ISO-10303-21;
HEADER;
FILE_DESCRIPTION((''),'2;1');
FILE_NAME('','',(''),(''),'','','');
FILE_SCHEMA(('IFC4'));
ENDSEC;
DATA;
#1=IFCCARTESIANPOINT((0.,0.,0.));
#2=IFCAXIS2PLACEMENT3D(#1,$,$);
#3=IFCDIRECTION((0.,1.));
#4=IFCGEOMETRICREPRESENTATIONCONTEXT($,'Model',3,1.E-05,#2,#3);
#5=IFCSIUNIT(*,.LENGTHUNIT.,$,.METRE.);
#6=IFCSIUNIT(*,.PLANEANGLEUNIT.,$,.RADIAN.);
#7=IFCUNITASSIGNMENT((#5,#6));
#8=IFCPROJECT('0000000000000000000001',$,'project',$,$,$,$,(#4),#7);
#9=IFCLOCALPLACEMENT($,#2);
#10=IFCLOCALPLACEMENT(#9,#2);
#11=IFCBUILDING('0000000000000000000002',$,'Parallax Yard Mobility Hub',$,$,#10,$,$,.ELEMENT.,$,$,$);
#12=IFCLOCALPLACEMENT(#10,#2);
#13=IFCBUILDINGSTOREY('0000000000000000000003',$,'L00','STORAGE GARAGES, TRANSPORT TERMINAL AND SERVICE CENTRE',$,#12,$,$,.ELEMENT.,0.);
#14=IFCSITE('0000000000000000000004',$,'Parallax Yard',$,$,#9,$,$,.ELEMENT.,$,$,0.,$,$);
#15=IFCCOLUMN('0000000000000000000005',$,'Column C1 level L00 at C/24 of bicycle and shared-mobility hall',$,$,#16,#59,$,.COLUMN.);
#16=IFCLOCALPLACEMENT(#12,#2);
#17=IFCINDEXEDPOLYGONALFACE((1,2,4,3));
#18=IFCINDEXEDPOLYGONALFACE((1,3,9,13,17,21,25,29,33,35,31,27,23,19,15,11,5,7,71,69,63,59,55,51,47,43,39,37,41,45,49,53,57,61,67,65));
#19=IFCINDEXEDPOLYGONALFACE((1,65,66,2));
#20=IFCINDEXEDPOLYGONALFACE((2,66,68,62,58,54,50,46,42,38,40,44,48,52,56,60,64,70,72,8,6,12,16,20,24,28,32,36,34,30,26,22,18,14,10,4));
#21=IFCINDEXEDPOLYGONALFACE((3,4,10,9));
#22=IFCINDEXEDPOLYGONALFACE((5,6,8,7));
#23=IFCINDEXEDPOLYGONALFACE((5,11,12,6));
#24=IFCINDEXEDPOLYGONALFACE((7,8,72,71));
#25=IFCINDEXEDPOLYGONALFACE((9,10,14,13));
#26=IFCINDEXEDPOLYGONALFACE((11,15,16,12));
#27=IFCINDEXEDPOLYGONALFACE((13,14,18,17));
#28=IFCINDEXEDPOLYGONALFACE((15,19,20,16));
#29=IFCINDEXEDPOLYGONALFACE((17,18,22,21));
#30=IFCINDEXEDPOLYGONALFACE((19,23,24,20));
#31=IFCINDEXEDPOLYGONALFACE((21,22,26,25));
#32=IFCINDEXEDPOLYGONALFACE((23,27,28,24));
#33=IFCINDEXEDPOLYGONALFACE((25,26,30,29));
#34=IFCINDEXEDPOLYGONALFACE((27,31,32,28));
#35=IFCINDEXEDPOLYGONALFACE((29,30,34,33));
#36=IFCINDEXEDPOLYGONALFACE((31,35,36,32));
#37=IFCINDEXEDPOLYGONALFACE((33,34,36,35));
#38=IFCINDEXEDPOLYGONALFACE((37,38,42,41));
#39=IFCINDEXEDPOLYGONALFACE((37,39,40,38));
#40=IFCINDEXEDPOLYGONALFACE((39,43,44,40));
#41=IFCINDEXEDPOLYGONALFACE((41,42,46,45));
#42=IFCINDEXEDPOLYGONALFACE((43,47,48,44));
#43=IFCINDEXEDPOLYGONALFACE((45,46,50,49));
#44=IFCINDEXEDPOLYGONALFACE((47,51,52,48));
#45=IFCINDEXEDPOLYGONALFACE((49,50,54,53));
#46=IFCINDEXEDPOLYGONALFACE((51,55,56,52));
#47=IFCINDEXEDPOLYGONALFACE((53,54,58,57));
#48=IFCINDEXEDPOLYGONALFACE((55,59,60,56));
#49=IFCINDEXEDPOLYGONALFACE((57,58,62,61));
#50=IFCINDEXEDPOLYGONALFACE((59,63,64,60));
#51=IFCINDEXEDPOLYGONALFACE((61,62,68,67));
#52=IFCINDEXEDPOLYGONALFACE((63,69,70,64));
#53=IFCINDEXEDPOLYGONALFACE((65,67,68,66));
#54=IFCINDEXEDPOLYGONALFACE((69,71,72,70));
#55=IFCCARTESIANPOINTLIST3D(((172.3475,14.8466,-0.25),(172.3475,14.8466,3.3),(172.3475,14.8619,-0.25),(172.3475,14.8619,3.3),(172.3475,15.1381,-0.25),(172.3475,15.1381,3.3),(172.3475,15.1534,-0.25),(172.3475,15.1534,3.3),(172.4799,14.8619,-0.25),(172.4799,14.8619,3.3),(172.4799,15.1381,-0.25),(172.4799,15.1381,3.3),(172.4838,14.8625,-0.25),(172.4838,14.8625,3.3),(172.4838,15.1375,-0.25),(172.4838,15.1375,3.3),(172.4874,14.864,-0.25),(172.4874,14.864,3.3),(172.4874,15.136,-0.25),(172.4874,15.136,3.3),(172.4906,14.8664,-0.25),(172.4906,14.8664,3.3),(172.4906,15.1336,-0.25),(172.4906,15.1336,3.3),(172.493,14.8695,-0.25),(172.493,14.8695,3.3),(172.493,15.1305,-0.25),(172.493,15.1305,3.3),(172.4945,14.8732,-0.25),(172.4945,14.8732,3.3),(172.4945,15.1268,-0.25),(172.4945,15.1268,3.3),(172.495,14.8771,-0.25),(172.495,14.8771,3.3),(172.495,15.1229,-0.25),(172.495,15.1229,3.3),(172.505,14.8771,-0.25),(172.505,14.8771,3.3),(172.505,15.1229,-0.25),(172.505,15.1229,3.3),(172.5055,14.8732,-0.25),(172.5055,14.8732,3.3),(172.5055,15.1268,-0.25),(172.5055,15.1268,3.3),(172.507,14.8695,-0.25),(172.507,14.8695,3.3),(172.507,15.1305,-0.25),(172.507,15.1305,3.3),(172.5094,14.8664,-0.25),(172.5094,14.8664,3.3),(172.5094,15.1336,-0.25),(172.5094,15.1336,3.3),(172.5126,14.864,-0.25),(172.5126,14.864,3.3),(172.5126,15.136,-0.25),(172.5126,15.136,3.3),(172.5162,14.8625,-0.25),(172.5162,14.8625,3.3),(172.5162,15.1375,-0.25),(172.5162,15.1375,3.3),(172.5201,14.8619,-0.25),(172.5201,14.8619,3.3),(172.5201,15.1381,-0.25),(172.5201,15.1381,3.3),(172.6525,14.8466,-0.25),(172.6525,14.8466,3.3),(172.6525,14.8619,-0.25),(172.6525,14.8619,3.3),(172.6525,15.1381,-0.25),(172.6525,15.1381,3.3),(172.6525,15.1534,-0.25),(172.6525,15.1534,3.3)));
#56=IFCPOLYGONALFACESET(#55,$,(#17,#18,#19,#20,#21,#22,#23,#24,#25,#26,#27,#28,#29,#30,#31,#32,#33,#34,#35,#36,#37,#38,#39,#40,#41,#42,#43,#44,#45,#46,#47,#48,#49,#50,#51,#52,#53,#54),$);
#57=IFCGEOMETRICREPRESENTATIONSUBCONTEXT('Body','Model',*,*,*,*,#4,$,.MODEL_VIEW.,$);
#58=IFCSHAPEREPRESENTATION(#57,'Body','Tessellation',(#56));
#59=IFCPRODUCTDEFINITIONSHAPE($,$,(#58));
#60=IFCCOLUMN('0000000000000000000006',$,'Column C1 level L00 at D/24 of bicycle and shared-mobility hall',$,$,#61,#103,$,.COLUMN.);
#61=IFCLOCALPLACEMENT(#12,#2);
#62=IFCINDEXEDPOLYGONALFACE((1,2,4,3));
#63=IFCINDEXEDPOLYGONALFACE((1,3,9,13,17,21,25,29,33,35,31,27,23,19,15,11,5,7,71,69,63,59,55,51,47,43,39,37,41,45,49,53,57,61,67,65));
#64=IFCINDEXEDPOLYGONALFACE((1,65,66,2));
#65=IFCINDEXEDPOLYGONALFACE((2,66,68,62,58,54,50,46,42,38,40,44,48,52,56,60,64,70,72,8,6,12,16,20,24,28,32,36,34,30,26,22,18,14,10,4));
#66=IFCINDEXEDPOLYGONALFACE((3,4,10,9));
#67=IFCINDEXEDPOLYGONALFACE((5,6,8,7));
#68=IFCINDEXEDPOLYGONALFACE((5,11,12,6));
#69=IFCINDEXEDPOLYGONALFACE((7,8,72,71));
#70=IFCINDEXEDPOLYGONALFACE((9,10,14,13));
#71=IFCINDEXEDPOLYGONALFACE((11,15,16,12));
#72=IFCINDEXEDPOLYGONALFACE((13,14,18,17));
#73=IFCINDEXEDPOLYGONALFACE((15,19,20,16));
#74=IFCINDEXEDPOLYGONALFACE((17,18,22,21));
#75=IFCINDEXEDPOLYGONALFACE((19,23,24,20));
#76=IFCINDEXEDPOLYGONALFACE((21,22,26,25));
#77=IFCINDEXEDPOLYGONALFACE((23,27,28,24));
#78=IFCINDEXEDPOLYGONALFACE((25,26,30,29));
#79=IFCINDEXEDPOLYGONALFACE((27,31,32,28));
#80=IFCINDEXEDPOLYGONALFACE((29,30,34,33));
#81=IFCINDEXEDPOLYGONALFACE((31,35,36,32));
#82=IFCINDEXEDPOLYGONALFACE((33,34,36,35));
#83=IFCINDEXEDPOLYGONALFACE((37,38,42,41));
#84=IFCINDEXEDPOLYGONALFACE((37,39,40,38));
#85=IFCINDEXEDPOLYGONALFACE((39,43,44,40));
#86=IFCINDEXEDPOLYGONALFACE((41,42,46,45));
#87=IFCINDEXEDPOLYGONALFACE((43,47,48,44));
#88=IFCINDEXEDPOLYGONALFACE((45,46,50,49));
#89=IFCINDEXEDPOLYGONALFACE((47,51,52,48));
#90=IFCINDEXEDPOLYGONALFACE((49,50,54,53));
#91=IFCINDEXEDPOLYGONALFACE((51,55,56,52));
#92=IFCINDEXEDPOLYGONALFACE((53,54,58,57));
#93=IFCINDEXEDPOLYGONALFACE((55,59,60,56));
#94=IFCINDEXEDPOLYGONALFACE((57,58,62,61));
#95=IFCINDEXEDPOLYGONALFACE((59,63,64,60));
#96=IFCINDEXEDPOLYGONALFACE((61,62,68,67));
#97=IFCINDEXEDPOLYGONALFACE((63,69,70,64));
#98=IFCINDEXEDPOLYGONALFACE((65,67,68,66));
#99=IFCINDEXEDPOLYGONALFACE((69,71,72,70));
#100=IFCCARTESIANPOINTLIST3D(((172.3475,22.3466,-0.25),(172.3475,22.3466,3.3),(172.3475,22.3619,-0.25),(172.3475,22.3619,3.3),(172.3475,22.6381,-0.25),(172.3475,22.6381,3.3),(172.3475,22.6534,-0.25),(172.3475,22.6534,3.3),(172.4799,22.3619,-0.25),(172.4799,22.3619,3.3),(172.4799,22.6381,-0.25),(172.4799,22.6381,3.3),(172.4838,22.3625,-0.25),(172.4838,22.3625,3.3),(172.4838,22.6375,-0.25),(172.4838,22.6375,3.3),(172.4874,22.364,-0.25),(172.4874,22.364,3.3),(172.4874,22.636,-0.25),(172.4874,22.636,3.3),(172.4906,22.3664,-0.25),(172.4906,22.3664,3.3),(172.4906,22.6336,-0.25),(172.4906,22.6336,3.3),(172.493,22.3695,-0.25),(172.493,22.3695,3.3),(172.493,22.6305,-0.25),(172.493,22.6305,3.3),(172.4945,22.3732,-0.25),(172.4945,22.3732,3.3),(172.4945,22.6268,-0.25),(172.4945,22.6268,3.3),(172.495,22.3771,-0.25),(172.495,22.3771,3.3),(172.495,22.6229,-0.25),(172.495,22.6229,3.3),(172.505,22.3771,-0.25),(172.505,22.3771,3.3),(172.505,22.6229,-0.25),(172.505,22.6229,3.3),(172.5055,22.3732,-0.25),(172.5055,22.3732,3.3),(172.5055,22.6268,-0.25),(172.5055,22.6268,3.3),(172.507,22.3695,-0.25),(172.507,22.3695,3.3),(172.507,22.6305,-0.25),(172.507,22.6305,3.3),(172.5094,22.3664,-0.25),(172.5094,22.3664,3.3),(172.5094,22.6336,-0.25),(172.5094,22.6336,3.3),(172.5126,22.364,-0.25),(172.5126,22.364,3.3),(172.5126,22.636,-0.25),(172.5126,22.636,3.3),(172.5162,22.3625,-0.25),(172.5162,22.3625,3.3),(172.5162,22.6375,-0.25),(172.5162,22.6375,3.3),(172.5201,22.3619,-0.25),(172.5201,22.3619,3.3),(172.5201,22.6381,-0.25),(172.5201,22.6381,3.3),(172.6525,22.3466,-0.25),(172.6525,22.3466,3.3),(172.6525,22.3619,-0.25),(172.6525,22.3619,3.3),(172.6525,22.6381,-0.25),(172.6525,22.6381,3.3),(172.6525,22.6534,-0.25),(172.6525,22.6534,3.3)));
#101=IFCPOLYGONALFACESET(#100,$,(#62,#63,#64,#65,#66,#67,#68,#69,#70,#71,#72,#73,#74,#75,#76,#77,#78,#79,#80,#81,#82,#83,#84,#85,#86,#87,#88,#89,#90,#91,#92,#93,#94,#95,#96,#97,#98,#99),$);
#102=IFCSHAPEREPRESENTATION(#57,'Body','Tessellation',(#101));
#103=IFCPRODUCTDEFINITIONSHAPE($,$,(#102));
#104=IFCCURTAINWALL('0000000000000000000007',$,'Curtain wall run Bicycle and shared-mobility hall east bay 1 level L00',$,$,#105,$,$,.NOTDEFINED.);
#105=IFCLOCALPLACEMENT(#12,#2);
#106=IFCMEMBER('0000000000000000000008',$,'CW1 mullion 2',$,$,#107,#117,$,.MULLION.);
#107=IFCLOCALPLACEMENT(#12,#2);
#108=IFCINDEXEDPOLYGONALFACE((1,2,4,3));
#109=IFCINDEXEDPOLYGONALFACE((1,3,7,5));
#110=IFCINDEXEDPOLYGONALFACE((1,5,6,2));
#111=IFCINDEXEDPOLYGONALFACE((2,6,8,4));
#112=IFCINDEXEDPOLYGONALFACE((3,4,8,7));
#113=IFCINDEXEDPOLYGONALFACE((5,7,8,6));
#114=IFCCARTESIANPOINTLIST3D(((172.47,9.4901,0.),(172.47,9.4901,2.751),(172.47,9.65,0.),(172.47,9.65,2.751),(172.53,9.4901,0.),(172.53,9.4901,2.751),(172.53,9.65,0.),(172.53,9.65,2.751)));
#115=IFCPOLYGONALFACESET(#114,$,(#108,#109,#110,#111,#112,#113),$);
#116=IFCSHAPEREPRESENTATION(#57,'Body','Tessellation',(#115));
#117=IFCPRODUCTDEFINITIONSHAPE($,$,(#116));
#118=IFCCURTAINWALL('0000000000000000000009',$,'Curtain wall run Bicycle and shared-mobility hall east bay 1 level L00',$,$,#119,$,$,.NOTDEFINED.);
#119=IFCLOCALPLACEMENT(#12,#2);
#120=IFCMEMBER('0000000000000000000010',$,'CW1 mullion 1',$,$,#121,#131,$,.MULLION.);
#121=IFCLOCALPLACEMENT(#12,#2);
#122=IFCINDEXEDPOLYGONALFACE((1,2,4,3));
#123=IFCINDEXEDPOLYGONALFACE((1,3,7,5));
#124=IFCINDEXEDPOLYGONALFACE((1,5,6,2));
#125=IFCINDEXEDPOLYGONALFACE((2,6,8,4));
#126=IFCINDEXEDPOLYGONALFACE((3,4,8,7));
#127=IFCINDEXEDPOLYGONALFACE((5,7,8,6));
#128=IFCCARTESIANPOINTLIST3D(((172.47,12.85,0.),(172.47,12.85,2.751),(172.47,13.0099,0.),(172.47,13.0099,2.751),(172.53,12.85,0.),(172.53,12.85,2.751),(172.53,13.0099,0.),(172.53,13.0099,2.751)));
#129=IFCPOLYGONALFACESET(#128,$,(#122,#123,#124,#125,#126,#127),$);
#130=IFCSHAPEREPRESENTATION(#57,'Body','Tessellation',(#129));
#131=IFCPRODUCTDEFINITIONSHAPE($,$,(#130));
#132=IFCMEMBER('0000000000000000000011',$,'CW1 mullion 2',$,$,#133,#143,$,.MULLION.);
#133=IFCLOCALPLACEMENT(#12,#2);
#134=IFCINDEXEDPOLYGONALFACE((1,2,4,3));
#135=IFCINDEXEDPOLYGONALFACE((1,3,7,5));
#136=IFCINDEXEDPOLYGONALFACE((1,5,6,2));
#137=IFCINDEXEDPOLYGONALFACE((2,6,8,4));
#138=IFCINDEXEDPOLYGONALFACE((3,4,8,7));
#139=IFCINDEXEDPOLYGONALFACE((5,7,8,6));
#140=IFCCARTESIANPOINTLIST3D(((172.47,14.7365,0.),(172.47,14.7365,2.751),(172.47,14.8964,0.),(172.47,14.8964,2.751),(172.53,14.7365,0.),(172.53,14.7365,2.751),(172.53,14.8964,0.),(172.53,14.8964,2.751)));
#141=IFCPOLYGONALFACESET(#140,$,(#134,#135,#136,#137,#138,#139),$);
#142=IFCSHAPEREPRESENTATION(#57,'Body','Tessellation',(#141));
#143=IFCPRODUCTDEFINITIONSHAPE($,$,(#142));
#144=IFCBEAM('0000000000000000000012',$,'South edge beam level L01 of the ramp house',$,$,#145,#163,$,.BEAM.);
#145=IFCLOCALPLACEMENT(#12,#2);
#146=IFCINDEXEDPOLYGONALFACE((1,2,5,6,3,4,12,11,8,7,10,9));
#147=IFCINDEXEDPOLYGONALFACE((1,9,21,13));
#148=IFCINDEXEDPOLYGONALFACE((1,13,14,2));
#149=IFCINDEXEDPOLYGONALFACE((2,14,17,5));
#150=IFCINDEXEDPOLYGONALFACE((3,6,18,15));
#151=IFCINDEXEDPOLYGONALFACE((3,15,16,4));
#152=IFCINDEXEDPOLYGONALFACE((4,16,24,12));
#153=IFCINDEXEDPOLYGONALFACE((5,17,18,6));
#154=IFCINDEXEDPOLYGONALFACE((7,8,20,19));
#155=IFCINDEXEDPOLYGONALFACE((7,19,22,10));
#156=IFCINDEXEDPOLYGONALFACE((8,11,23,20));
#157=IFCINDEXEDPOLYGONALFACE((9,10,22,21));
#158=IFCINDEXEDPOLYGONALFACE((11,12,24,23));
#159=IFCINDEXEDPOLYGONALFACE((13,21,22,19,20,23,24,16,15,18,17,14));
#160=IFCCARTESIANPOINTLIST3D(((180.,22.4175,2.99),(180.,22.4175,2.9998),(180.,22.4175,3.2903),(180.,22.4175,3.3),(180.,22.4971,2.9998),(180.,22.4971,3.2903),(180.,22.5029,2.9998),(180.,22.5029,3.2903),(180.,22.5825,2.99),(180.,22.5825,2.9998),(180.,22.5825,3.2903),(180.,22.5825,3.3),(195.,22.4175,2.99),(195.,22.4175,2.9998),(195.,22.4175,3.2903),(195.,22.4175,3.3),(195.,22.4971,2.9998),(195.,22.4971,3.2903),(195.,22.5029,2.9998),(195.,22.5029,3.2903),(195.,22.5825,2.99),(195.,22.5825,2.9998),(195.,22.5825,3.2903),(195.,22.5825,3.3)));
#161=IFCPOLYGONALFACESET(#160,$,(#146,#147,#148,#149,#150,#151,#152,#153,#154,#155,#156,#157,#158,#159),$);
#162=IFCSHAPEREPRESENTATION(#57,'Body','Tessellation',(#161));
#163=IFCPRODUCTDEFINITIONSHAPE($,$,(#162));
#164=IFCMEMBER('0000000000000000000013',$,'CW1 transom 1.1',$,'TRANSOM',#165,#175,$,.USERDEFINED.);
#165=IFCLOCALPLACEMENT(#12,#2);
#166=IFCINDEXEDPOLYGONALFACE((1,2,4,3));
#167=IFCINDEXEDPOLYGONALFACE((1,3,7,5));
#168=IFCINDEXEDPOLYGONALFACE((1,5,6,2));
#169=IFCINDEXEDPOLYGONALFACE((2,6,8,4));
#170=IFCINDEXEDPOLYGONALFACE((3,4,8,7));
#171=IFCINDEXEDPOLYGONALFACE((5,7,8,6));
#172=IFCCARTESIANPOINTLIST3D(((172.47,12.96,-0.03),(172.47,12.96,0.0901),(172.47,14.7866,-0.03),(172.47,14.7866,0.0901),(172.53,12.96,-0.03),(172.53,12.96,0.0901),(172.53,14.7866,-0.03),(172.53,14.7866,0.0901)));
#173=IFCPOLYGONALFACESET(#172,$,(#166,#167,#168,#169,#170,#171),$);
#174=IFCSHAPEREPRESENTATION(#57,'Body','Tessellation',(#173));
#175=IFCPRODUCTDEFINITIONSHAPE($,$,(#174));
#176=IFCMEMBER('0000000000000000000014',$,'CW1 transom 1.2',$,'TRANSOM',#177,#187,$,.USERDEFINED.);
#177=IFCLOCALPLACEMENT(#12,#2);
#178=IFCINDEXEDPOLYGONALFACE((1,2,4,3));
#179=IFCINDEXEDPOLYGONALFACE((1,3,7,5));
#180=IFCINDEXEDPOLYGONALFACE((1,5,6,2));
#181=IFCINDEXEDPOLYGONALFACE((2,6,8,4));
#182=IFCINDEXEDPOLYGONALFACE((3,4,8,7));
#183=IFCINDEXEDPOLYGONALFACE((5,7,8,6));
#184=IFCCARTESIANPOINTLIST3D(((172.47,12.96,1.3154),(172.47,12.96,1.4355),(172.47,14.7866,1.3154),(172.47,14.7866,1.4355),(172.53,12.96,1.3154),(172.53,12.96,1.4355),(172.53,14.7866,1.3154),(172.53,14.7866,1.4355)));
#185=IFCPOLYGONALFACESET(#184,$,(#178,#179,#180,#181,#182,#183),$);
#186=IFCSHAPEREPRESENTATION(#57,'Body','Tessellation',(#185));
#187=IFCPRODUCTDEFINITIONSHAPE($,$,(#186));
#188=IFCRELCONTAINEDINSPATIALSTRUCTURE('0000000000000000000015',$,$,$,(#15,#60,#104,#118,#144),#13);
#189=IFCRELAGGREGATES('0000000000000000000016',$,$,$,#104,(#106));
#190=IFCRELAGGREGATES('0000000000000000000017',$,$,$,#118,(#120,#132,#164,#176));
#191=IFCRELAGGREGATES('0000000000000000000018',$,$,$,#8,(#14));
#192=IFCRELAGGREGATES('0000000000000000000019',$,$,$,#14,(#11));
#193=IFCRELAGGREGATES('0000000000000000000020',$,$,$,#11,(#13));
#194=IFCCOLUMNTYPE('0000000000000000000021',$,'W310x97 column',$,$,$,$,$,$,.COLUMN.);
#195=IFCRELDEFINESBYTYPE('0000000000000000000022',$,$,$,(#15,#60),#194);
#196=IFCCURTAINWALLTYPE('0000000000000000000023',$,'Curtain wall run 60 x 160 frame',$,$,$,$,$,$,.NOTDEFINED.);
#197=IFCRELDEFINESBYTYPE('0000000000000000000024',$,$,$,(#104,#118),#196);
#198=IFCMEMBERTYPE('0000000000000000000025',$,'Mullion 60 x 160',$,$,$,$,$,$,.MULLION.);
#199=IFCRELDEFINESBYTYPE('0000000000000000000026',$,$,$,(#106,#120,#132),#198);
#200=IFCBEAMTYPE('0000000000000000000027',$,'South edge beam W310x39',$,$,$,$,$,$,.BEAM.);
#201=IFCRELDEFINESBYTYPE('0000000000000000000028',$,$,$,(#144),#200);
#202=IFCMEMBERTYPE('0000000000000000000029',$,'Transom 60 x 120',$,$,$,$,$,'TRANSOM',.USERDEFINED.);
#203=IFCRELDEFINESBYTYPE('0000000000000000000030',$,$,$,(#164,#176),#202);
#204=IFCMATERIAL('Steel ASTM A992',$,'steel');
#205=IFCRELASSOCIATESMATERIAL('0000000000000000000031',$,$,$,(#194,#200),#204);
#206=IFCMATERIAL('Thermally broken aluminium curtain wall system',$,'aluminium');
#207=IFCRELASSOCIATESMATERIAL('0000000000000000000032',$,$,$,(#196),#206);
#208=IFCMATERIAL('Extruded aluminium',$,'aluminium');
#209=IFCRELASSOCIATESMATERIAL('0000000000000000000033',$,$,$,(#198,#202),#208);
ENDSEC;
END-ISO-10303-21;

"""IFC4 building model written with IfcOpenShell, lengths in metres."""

from ifc_helpers import new_model, si_unit, direction, frame, origin, origin_2d, place, context, subcontext, project, spatial, rectangle, i_section, extrude, material, material_profile, profile_set, type_object, element, aggregate, save


model = new_model("IFC4")

# Units and contexts
model_context = context("Model", 3, precision=1e-05, world=origin(), true_north=direction((0.0, 1.0)))
body_context = subcontext(model_context, "Body", "Model", "MODEL_VIEW")
ifc_project = project(units=[si_unit("LENGTHUNIT", "METRE"), si_unit("PLANEANGLEUNIT", "RADIAN")], contexts=[model_context])

# Site, building, storey
site_placement = place(None, origin())
site = spatial("IfcSite", under=ifc_project, at=site_placement, Name="Parallax Yard", CompositionType="ELEMENT", RefElevation=0.0)
building_placement = place(site_placement, origin())
building = spatial("IfcBuilding", under=site, at=building_placement, Name="Parallax Yard Mobility Hub", CompositionType="ELEMENT")
storey_placement = place(building_placement, origin())
storey = spatial("IfcBuildingStorey", under=building, at=storey_placement, Name="L00", Description="STORAGE GARAGES, TRANSPORT TERMINAL AND SERVICE CENTRE", CompositionType="ELEMENT", Elevation=0.0)

# Columns
ifc_material_1 = material(Name="Steel ASTM A992", Category="steel")
ifc_material_profile_1 = material_profile(ifc_material_1, i_section(OverallWidth=0.3049, OverallDepth=0.3069, WebThickness=0.01, FlangeThickness=0.0154, FilletRadius=0.0151, at=origin_2d()), Name="W310x97")
ifc_profile_set_1 = profile_set([ifc_material_profile_1], Name="Steel ASTM A992")
column_type = type_object("IfcColumnType", Name="W310x97 column", PredefinedType="COLUMN", material=ifc_profile_set_1)
for number, where, z_axis, x_axis, name in (
    (1, (172.5, 15.0, -0.25), (0.0, 0.0, 1.0), (1.0, 0.0, 0.0), "Column C1 level L00 at C/24 of bicycle and shared-mobility hall"),
    (2, (172.5, 22.5, -0.25), (0.0, 0.0, 1.0), (1.0, 0.0, 0.0), "Column C1 level L00 at D/24 of bicycle and shared-mobility hall"),
):
    element("IfcColumn", number, at=place(storey_placement, frame(where, z_axis=z_axis, x_axis=x_axis)), inside=storey, type_object=column_type, Name=name, PredefinedType="COLUMN", context=body_context, shape_type="SweptSolid", body=[
        extrude(i_section(OverallWidth=0.3049, OverallDepth=0.3069, WebThickness=0.01, FlangeThickness=0.0154, FilletRadius=0.0151, at=origin_2d()), origin(), (0.0, 0.0, 1.0), 3.55),
    ])

# Curtain wall, member
ifc_material_2 = material(Name="Thermally broken aluminium curtain wall system", Category="aluminium")
curtain_wall_type = type_object("IfcCurtainWallType", Name="Curtain wall run 60 x 160 frame", PredefinedType="NOTDEFINED", material=ifc_material_2)
curtain_wall_1_placement = place(storey_placement, origin())
curtain_wall_1 = element("IfcCurtainWall", 3, at=curtain_wall_1_placement, inside=storey, type_object=curtain_wall_type, Name="Curtain wall run Bicycle and shared-mobility hall east bay 1 level L00", PredefinedType="NOTDEFINED")
ifc_material_3 = material(Name="Extruded aluminium", Category="aluminium")
ifc_material_profile_2 = material_profile(ifc_material_3, rectangle(XDim=0.0601, YDim=0.1599, at=origin_2d()), Name="Mullion 60 x 160")
ifc_profile_set_2 = profile_set([ifc_material_profile_2], Name="Extruded aluminium")
member_type_1 = type_object("IfcMemberType", Name="Mullion 60 x 160", PredefinedType="MULLION", material=ifc_profile_set_2)
member_1_placement = place(storey_placement, frame((172.5, 9.5701, 0.0), z_axis=(0.0, 0.0, 1.0), x_axis=(-1.0, 0.0, 0.0)))
member_1 = element("IfcMember", 4, at=member_1_placement, type_object=member_type_1, Name="CW1 mullion 2", PredefinedType="MULLION", context=body_context, shape_type="SweptSolid", body=[
    extrude(rectangle(XDim=0.0601, YDim=0.1599, at=origin_2d()), origin(), (0.0, 0.0, 1.0), 2.751),
])

# Curtain wall, members
curtain_wall_2_placement = place(storey_placement, origin())
curtain_wall_2 = element("IfcCurtainWall", 5, at=curtain_wall_2_placement, inside=storey, type_object=curtain_wall_type, Name="Curtain wall run Bicycle and shared-mobility hall east bay 1 level L00", PredefinedType="NOTDEFINED")
member_2_placement = place(storey_placement, frame((172.5, 12.9299, 0.0), z_axis=(0.0, 0.0, 1.0), x_axis=(-1.0, 0.0, 0.0)))
member_2 = element("IfcMember", 6, at=member_2_placement, type_object=member_type_1, Name="CW1 mullion 1", PredefinedType="MULLION", context=body_context, shape_type="SweptSolid", body=[
    extrude(rectangle(XDim=0.0601, YDim=0.1599, at=origin_2d()), origin(), (0.0, 0.0, 1.0), 2.751),
])
member_3_placement = place(storey_placement, frame((172.5, 14.8164, 0.0), z_axis=(0.0, 0.0, 1.0), x_axis=(-1.0, 0.0, 0.0)))
member_3 = element("IfcMember", 7, at=member_3_placement, type_object=member_type_1, Name="CW1 mullion 2", PredefinedType="MULLION", context=body_context, shape_type="SweptSolid", body=[
    extrude(rectangle(XDim=0.0601, YDim=0.1599, at=origin_2d()), origin(), (0.0, 0.0, 1.0), 2.751),
])

# Beam
ifc_material_profile_3 = material_profile(ifc_material_1, i_section(OverallWidth=0.165, OverallDepth=0.3101, WebThickness=0.0059, FlangeThickness=0.0098, at=origin_2d()), Name="W310x39")
ifc_profile_set_3 = profile_set([ifc_material_profile_3], Name="Steel ASTM A992")
beam_type = type_object("IfcBeamType", Name="South edge beam W310x39", PredefinedType="BEAM", material=ifc_profile_set_3)
beam_placement = place(storey_placement, frame((180.0, 22.5, 3.145), z_axis=(1.0, 0.0, 0.0), x_axis=(0.0, 1.0, 0.0)))
element("IfcBeam", 8, at=beam_placement, inside=storey, type_object=beam_type, Name="South edge beam level L01 of the ramp house", PredefinedType="BEAM", context=body_context, shape_type="SweptSolid", body=[
    extrude(i_section(OverallWidth=0.165, OverallDepth=0.3101, WebThickness=0.0059, FlangeThickness=0.0098, at=origin_2d()), origin(), (0.0, 0.0, 1.0), 15.0),
])

# Members
ifc_material_profile_4 = material_profile(ifc_material_3, rectangle(XDim=0.0601, YDim=0.1201, at=origin_2d()), Name="Transom 60 x 120")
ifc_profile_set_4 = profile_set([ifc_material_profile_4], Name="Extruded aluminium")
member_type_2 = type_object("IfcMemberType", Name="Transom 60 x 120", ElementType="TRANSOM", PredefinedType="USERDEFINED", material=ifc_profile_set_4)
member_4_placement = place(storey_placement, frame((172.5, 12.96, 0.03), z_axis=(0.0, 1.0, 0.0), x_axis=(-1.0, 0.0, 0.0)))
member_4 = element("IfcMember", 9, at=member_4_placement, type_object=member_type_2, Name="CW1 transom 1.1", ObjectType="TRANSOM", PredefinedType="USERDEFINED", context=body_context, shape_type="SweptSolid", body=[
    extrude(rectangle(XDim=0.0601, YDim=0.1201, at=origin_2d()), origin(), (0.0, 0.0, 1.0), 1.8267),
])
member_5_placement = place(storey_placement, frame((172.5, 12.96, 1.3755), z_axis=(0.0, 1.0, 0.0), x_axis=(-1.0, 0.0, 0.0)))
member_5 = element("IfcMember", 10, at=member_5_placement, type_object=member_type_2, Name="CW1 transom 1.2", ObjectType="TRANSOM", PredefinedType="USERDEFINED", context=body_context, shape_type="SweptSolid", body=[
    extrude(rectangle(XDim=0.0601, YDim=0.1201, at=origin_2d()), origin(), (0.0, 0.0, 1.0), 1.8267),
])

aggregate(curtain_wall_1, [member_1])
aggregate(curtain_wall_2, [member_2, member_3, member_4, member_5])

save(model, "model.ifc")
